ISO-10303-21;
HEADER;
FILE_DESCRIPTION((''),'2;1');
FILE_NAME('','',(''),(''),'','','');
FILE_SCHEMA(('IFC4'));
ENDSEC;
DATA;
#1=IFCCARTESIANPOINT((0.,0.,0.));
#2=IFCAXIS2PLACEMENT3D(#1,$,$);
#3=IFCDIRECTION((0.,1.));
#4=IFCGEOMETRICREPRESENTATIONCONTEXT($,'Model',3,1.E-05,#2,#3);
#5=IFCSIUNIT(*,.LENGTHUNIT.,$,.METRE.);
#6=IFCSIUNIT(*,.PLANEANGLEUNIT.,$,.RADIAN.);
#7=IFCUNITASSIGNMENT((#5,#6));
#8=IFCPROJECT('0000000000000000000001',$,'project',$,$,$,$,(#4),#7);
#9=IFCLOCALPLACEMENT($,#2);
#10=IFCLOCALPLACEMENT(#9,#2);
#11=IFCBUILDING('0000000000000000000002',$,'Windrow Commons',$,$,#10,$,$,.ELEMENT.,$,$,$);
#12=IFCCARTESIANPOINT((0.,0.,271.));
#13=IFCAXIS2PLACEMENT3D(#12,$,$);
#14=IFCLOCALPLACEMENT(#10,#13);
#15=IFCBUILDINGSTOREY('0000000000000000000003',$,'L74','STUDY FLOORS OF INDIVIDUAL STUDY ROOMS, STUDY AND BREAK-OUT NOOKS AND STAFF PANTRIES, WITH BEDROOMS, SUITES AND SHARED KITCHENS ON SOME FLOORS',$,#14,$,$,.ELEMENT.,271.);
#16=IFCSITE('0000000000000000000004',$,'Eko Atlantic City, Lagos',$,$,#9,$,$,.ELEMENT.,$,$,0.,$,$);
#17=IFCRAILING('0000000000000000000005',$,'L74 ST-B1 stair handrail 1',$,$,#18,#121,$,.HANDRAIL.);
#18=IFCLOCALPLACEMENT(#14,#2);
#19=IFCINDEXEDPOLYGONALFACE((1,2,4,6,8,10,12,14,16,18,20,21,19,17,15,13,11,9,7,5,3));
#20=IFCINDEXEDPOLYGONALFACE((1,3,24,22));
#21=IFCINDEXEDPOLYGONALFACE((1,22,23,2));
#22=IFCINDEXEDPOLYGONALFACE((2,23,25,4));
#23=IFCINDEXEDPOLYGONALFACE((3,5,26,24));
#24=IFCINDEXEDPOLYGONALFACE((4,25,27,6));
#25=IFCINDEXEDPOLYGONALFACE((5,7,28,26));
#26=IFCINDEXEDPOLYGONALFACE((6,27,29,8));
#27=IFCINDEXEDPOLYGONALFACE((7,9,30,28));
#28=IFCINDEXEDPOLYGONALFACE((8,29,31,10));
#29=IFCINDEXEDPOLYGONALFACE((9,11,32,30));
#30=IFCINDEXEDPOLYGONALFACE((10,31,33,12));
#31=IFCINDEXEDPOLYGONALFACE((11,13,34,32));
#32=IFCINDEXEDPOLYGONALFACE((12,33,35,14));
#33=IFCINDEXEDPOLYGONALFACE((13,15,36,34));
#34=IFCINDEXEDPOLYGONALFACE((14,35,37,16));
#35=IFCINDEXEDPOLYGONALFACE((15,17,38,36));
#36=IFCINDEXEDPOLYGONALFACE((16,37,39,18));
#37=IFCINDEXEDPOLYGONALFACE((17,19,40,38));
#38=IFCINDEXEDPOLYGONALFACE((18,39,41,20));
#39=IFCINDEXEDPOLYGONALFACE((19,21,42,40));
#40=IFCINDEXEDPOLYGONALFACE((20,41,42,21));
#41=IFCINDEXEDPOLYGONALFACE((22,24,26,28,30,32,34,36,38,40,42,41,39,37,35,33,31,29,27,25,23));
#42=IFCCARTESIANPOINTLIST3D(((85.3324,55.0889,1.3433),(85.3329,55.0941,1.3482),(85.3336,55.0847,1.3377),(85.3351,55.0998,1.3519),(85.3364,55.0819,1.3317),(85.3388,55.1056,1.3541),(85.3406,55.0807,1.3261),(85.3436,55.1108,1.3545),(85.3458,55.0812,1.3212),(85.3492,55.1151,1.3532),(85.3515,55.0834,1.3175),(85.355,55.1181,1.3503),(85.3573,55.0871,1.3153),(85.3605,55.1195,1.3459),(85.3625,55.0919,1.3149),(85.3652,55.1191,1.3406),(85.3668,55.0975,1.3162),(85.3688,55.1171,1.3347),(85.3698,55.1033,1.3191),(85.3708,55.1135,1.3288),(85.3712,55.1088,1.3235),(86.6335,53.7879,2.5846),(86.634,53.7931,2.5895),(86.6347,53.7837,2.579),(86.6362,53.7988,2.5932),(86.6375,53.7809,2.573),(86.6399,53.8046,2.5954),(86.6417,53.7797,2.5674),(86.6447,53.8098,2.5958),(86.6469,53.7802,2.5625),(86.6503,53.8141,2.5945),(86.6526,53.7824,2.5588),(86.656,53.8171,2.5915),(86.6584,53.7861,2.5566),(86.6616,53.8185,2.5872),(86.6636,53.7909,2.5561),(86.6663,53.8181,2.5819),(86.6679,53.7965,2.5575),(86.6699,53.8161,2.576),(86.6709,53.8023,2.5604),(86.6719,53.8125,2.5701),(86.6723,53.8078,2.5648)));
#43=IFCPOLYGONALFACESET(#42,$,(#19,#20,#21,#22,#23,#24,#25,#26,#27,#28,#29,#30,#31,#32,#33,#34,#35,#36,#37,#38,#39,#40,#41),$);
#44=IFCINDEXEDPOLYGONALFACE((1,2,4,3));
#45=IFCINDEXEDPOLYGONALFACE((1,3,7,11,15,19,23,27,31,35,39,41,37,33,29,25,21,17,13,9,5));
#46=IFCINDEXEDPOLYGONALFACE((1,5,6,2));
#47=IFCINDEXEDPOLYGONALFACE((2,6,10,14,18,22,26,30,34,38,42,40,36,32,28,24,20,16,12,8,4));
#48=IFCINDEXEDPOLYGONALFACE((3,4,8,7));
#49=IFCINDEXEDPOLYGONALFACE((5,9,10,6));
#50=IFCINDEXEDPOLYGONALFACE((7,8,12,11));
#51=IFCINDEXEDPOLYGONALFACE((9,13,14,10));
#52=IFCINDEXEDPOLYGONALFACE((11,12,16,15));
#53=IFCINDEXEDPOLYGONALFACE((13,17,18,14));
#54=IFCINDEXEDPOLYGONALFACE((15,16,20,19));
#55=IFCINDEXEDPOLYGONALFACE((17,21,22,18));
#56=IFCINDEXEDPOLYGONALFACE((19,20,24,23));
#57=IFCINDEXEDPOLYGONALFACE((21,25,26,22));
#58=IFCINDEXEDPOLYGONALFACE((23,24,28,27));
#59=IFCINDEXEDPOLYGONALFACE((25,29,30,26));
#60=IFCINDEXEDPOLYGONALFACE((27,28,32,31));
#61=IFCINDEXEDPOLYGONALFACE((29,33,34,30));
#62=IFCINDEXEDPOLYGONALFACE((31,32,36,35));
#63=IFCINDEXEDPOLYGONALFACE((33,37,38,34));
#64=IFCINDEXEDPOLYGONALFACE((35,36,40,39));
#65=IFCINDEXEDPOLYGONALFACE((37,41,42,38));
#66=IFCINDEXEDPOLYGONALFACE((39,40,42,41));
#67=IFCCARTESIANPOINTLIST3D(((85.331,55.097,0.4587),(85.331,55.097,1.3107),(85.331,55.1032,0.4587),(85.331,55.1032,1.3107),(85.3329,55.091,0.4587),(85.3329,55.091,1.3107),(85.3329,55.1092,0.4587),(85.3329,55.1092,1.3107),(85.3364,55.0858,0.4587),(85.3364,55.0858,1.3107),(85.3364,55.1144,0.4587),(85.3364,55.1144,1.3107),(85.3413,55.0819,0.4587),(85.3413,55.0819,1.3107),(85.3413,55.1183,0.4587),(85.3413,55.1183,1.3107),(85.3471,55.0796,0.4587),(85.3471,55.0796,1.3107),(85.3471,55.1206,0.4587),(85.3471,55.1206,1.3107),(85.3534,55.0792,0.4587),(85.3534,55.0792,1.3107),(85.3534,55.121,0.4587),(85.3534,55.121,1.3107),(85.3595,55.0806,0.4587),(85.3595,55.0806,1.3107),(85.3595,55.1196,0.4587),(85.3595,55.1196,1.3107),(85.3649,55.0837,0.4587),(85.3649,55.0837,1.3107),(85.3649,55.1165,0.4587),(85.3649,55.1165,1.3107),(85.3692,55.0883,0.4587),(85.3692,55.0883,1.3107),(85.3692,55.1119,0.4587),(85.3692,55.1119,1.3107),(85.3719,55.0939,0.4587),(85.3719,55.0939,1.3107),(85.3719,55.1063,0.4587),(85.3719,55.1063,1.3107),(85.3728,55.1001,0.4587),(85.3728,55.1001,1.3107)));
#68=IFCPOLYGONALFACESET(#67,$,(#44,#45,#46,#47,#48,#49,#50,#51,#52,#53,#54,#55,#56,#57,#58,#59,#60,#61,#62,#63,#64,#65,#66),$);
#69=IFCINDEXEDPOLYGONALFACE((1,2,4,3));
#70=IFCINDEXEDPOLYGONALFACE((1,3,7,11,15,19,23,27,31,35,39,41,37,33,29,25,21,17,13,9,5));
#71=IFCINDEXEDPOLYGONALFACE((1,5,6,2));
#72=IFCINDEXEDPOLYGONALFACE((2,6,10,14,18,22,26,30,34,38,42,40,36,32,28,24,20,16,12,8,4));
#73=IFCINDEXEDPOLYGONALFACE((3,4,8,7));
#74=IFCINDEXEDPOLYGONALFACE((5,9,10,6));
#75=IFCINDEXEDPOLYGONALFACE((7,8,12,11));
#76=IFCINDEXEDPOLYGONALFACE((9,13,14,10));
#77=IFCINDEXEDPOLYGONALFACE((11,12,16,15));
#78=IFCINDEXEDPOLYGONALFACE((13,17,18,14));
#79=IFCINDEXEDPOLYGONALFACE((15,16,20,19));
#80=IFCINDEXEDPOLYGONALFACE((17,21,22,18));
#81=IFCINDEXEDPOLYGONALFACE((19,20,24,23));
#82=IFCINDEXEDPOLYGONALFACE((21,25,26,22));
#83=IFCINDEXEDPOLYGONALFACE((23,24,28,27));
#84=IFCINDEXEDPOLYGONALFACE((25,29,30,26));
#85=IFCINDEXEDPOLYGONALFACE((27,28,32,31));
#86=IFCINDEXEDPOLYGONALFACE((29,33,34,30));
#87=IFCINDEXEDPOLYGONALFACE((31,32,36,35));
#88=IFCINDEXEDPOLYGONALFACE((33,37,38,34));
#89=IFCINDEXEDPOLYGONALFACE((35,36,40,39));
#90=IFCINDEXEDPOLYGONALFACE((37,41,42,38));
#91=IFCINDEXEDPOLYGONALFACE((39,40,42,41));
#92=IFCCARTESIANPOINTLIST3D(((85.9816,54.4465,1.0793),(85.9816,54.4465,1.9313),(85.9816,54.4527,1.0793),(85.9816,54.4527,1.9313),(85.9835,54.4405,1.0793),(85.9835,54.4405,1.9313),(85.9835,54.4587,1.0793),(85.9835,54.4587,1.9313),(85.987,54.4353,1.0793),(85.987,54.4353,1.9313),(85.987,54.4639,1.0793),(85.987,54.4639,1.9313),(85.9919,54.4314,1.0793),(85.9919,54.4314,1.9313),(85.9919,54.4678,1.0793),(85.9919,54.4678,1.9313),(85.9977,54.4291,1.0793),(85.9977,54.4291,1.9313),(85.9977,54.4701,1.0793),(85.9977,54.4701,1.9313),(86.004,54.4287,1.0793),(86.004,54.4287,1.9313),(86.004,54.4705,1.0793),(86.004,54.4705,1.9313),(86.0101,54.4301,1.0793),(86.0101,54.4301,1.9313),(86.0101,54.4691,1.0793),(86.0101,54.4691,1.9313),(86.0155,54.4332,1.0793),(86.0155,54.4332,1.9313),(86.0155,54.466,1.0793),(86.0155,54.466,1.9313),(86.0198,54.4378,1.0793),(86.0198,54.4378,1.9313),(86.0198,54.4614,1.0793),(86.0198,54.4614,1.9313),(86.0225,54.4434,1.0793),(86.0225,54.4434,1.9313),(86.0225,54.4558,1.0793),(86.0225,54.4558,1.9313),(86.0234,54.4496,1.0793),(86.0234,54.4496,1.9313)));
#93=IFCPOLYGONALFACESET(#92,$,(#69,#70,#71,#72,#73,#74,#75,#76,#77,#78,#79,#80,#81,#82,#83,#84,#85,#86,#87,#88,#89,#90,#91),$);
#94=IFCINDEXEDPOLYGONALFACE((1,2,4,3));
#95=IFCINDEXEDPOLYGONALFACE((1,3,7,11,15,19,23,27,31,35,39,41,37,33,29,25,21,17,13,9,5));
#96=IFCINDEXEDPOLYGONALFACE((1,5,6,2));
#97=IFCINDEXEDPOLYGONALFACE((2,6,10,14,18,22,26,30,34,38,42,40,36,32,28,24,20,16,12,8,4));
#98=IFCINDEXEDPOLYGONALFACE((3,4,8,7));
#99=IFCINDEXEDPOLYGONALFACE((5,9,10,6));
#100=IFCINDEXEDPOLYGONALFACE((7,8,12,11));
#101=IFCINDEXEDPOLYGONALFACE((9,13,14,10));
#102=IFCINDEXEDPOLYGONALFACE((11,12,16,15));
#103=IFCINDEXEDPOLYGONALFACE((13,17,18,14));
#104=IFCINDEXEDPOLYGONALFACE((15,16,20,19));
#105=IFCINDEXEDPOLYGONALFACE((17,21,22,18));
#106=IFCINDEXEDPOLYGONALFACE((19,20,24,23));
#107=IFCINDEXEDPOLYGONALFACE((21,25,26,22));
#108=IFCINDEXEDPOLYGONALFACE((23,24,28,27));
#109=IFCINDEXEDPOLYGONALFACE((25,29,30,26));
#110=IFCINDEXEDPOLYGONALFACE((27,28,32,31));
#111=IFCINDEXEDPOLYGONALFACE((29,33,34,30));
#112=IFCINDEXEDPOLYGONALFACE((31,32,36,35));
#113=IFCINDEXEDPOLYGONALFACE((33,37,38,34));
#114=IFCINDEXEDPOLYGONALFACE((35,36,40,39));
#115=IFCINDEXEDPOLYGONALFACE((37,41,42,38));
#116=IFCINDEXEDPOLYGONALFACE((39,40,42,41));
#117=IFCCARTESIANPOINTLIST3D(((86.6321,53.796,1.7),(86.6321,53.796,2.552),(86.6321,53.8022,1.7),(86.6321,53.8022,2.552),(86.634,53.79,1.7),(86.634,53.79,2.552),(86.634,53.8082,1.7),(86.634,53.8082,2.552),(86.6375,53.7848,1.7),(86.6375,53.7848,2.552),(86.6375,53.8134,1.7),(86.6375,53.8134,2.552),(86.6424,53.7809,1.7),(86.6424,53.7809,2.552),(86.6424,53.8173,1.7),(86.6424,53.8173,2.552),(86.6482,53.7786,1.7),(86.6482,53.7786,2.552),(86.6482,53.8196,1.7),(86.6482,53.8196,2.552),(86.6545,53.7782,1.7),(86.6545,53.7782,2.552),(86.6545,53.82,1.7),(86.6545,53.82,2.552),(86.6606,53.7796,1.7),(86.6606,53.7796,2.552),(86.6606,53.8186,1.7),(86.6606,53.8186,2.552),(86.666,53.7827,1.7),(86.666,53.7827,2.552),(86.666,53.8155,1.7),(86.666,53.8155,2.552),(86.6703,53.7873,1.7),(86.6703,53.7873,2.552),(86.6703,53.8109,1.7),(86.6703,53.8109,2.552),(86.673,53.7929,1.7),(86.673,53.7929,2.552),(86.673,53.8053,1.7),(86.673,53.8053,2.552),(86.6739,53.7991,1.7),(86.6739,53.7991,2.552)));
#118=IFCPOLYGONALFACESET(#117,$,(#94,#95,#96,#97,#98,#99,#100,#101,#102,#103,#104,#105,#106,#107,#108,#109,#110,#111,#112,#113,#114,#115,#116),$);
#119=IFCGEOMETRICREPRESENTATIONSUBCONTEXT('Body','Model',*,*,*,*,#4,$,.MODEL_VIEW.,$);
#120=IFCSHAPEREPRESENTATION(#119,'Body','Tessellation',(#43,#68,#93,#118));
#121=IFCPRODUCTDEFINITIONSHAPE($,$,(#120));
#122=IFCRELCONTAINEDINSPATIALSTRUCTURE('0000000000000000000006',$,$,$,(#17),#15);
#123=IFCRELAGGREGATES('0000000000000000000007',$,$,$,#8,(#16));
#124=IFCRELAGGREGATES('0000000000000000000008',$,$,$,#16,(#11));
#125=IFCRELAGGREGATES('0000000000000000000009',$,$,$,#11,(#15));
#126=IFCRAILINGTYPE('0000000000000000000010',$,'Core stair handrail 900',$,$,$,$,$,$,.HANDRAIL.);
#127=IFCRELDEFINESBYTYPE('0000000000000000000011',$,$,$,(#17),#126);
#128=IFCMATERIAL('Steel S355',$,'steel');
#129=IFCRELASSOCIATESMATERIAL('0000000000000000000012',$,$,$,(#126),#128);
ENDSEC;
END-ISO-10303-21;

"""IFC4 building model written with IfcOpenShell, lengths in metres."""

from ifc_helpers import new_model, si_unit, direction, frame, origin, origin_2d, place, context, subcontext, project, spatial, circle, extrude, material, type_object, element, save


model = new_model("IFC4")

# Units and contexts
model_context = context("Model", 3, precision=1e-05, world=origin(), true_north=direction((0.0, 1.0)))
body_context = subcontext(model_context, "Body", "Model", "MODEL_VIEW")
ifc_project = project(units=[si_unit("LENGTHUNIT", "METRE"), si_unit("PLANEANGLEUNIT", "RADIAN")], contexts=[model_context])

# Site, building, storey
site_placement = place(None, origin())
site = spatial("IfcSite", under=ifc_project, at=site_placement, Name="Eko Atlantic City, Lagos", CompositionType="ELEMENT", RefElevation=0.0)
building_placement = place(site_placement, origin())
building = spatial("IfcBuilding", under=site, at=building_placement, Name="Windrow Commons", CompositionType="ELEMENT")
storey_placement = place(building_placement, frame((0.0, 0.0, 271.0)))
storey = spatial("IfcBuildingStorey", under=building, at=storey_placement, Name="L74", Description="STUDY FLOORS OF INDIVIDUAL STUDY ROOMS, STUDY AND BREAK-OUT NOOKS AND STAFF PANTRIES, WITH BEDROOMS, SUITES AND SHARED KITCHENS ON SOME FLOORS", CompositionType="ELEMENT", Elevation=271.0)

# Railing
ifc_material_1 = material(Name="Steel S355", Category="steel")
railing_type_1 = type_object("IfcRailingType", Name="Core stair handrail 900", PredefinedType="HANDRAIL", material=ifc_material_1)
railing_1_placement = place(storey_placement, frame((85.3518, 55.1001, 0.4587)))
element("IfcRailing", 1, at=railing_1_placement, inside=storey, type_object=railing_type_1, Name="L74 ST-B1 stair handrail 1", PredefinedType="HANDRAIL", context=body_context, shape_type="SweptSolid", body=[
    extrude(circle(Radius=0.024, at=origin_2d()), frame((0.0, 0.0, 0.876), z_axis=(0.586207, -0.586162, 0.559264), x_axis=(0.70708, 0.707134, 0.0)), (0.0, 0.0, 1.0), 2.2195),
    extrude(circle(Radius=0.021, at=origin_2d()), origin(), (0.0, 0.0, 1.0), 0.852),
    extrude(circle(Radius=0.021, at=origin_2d()), frame((0.6506, -0.6505, 0.6206)), (0.0, 0.0, 1.0), 0.852),
    extrude(circle(Radius=0.021, at=origin_2d()), frame((1.3011, -1.301, 1.2413)), (0.0, 0.0, 1.0), 0.852),
])

save(model, "model.ifc")
